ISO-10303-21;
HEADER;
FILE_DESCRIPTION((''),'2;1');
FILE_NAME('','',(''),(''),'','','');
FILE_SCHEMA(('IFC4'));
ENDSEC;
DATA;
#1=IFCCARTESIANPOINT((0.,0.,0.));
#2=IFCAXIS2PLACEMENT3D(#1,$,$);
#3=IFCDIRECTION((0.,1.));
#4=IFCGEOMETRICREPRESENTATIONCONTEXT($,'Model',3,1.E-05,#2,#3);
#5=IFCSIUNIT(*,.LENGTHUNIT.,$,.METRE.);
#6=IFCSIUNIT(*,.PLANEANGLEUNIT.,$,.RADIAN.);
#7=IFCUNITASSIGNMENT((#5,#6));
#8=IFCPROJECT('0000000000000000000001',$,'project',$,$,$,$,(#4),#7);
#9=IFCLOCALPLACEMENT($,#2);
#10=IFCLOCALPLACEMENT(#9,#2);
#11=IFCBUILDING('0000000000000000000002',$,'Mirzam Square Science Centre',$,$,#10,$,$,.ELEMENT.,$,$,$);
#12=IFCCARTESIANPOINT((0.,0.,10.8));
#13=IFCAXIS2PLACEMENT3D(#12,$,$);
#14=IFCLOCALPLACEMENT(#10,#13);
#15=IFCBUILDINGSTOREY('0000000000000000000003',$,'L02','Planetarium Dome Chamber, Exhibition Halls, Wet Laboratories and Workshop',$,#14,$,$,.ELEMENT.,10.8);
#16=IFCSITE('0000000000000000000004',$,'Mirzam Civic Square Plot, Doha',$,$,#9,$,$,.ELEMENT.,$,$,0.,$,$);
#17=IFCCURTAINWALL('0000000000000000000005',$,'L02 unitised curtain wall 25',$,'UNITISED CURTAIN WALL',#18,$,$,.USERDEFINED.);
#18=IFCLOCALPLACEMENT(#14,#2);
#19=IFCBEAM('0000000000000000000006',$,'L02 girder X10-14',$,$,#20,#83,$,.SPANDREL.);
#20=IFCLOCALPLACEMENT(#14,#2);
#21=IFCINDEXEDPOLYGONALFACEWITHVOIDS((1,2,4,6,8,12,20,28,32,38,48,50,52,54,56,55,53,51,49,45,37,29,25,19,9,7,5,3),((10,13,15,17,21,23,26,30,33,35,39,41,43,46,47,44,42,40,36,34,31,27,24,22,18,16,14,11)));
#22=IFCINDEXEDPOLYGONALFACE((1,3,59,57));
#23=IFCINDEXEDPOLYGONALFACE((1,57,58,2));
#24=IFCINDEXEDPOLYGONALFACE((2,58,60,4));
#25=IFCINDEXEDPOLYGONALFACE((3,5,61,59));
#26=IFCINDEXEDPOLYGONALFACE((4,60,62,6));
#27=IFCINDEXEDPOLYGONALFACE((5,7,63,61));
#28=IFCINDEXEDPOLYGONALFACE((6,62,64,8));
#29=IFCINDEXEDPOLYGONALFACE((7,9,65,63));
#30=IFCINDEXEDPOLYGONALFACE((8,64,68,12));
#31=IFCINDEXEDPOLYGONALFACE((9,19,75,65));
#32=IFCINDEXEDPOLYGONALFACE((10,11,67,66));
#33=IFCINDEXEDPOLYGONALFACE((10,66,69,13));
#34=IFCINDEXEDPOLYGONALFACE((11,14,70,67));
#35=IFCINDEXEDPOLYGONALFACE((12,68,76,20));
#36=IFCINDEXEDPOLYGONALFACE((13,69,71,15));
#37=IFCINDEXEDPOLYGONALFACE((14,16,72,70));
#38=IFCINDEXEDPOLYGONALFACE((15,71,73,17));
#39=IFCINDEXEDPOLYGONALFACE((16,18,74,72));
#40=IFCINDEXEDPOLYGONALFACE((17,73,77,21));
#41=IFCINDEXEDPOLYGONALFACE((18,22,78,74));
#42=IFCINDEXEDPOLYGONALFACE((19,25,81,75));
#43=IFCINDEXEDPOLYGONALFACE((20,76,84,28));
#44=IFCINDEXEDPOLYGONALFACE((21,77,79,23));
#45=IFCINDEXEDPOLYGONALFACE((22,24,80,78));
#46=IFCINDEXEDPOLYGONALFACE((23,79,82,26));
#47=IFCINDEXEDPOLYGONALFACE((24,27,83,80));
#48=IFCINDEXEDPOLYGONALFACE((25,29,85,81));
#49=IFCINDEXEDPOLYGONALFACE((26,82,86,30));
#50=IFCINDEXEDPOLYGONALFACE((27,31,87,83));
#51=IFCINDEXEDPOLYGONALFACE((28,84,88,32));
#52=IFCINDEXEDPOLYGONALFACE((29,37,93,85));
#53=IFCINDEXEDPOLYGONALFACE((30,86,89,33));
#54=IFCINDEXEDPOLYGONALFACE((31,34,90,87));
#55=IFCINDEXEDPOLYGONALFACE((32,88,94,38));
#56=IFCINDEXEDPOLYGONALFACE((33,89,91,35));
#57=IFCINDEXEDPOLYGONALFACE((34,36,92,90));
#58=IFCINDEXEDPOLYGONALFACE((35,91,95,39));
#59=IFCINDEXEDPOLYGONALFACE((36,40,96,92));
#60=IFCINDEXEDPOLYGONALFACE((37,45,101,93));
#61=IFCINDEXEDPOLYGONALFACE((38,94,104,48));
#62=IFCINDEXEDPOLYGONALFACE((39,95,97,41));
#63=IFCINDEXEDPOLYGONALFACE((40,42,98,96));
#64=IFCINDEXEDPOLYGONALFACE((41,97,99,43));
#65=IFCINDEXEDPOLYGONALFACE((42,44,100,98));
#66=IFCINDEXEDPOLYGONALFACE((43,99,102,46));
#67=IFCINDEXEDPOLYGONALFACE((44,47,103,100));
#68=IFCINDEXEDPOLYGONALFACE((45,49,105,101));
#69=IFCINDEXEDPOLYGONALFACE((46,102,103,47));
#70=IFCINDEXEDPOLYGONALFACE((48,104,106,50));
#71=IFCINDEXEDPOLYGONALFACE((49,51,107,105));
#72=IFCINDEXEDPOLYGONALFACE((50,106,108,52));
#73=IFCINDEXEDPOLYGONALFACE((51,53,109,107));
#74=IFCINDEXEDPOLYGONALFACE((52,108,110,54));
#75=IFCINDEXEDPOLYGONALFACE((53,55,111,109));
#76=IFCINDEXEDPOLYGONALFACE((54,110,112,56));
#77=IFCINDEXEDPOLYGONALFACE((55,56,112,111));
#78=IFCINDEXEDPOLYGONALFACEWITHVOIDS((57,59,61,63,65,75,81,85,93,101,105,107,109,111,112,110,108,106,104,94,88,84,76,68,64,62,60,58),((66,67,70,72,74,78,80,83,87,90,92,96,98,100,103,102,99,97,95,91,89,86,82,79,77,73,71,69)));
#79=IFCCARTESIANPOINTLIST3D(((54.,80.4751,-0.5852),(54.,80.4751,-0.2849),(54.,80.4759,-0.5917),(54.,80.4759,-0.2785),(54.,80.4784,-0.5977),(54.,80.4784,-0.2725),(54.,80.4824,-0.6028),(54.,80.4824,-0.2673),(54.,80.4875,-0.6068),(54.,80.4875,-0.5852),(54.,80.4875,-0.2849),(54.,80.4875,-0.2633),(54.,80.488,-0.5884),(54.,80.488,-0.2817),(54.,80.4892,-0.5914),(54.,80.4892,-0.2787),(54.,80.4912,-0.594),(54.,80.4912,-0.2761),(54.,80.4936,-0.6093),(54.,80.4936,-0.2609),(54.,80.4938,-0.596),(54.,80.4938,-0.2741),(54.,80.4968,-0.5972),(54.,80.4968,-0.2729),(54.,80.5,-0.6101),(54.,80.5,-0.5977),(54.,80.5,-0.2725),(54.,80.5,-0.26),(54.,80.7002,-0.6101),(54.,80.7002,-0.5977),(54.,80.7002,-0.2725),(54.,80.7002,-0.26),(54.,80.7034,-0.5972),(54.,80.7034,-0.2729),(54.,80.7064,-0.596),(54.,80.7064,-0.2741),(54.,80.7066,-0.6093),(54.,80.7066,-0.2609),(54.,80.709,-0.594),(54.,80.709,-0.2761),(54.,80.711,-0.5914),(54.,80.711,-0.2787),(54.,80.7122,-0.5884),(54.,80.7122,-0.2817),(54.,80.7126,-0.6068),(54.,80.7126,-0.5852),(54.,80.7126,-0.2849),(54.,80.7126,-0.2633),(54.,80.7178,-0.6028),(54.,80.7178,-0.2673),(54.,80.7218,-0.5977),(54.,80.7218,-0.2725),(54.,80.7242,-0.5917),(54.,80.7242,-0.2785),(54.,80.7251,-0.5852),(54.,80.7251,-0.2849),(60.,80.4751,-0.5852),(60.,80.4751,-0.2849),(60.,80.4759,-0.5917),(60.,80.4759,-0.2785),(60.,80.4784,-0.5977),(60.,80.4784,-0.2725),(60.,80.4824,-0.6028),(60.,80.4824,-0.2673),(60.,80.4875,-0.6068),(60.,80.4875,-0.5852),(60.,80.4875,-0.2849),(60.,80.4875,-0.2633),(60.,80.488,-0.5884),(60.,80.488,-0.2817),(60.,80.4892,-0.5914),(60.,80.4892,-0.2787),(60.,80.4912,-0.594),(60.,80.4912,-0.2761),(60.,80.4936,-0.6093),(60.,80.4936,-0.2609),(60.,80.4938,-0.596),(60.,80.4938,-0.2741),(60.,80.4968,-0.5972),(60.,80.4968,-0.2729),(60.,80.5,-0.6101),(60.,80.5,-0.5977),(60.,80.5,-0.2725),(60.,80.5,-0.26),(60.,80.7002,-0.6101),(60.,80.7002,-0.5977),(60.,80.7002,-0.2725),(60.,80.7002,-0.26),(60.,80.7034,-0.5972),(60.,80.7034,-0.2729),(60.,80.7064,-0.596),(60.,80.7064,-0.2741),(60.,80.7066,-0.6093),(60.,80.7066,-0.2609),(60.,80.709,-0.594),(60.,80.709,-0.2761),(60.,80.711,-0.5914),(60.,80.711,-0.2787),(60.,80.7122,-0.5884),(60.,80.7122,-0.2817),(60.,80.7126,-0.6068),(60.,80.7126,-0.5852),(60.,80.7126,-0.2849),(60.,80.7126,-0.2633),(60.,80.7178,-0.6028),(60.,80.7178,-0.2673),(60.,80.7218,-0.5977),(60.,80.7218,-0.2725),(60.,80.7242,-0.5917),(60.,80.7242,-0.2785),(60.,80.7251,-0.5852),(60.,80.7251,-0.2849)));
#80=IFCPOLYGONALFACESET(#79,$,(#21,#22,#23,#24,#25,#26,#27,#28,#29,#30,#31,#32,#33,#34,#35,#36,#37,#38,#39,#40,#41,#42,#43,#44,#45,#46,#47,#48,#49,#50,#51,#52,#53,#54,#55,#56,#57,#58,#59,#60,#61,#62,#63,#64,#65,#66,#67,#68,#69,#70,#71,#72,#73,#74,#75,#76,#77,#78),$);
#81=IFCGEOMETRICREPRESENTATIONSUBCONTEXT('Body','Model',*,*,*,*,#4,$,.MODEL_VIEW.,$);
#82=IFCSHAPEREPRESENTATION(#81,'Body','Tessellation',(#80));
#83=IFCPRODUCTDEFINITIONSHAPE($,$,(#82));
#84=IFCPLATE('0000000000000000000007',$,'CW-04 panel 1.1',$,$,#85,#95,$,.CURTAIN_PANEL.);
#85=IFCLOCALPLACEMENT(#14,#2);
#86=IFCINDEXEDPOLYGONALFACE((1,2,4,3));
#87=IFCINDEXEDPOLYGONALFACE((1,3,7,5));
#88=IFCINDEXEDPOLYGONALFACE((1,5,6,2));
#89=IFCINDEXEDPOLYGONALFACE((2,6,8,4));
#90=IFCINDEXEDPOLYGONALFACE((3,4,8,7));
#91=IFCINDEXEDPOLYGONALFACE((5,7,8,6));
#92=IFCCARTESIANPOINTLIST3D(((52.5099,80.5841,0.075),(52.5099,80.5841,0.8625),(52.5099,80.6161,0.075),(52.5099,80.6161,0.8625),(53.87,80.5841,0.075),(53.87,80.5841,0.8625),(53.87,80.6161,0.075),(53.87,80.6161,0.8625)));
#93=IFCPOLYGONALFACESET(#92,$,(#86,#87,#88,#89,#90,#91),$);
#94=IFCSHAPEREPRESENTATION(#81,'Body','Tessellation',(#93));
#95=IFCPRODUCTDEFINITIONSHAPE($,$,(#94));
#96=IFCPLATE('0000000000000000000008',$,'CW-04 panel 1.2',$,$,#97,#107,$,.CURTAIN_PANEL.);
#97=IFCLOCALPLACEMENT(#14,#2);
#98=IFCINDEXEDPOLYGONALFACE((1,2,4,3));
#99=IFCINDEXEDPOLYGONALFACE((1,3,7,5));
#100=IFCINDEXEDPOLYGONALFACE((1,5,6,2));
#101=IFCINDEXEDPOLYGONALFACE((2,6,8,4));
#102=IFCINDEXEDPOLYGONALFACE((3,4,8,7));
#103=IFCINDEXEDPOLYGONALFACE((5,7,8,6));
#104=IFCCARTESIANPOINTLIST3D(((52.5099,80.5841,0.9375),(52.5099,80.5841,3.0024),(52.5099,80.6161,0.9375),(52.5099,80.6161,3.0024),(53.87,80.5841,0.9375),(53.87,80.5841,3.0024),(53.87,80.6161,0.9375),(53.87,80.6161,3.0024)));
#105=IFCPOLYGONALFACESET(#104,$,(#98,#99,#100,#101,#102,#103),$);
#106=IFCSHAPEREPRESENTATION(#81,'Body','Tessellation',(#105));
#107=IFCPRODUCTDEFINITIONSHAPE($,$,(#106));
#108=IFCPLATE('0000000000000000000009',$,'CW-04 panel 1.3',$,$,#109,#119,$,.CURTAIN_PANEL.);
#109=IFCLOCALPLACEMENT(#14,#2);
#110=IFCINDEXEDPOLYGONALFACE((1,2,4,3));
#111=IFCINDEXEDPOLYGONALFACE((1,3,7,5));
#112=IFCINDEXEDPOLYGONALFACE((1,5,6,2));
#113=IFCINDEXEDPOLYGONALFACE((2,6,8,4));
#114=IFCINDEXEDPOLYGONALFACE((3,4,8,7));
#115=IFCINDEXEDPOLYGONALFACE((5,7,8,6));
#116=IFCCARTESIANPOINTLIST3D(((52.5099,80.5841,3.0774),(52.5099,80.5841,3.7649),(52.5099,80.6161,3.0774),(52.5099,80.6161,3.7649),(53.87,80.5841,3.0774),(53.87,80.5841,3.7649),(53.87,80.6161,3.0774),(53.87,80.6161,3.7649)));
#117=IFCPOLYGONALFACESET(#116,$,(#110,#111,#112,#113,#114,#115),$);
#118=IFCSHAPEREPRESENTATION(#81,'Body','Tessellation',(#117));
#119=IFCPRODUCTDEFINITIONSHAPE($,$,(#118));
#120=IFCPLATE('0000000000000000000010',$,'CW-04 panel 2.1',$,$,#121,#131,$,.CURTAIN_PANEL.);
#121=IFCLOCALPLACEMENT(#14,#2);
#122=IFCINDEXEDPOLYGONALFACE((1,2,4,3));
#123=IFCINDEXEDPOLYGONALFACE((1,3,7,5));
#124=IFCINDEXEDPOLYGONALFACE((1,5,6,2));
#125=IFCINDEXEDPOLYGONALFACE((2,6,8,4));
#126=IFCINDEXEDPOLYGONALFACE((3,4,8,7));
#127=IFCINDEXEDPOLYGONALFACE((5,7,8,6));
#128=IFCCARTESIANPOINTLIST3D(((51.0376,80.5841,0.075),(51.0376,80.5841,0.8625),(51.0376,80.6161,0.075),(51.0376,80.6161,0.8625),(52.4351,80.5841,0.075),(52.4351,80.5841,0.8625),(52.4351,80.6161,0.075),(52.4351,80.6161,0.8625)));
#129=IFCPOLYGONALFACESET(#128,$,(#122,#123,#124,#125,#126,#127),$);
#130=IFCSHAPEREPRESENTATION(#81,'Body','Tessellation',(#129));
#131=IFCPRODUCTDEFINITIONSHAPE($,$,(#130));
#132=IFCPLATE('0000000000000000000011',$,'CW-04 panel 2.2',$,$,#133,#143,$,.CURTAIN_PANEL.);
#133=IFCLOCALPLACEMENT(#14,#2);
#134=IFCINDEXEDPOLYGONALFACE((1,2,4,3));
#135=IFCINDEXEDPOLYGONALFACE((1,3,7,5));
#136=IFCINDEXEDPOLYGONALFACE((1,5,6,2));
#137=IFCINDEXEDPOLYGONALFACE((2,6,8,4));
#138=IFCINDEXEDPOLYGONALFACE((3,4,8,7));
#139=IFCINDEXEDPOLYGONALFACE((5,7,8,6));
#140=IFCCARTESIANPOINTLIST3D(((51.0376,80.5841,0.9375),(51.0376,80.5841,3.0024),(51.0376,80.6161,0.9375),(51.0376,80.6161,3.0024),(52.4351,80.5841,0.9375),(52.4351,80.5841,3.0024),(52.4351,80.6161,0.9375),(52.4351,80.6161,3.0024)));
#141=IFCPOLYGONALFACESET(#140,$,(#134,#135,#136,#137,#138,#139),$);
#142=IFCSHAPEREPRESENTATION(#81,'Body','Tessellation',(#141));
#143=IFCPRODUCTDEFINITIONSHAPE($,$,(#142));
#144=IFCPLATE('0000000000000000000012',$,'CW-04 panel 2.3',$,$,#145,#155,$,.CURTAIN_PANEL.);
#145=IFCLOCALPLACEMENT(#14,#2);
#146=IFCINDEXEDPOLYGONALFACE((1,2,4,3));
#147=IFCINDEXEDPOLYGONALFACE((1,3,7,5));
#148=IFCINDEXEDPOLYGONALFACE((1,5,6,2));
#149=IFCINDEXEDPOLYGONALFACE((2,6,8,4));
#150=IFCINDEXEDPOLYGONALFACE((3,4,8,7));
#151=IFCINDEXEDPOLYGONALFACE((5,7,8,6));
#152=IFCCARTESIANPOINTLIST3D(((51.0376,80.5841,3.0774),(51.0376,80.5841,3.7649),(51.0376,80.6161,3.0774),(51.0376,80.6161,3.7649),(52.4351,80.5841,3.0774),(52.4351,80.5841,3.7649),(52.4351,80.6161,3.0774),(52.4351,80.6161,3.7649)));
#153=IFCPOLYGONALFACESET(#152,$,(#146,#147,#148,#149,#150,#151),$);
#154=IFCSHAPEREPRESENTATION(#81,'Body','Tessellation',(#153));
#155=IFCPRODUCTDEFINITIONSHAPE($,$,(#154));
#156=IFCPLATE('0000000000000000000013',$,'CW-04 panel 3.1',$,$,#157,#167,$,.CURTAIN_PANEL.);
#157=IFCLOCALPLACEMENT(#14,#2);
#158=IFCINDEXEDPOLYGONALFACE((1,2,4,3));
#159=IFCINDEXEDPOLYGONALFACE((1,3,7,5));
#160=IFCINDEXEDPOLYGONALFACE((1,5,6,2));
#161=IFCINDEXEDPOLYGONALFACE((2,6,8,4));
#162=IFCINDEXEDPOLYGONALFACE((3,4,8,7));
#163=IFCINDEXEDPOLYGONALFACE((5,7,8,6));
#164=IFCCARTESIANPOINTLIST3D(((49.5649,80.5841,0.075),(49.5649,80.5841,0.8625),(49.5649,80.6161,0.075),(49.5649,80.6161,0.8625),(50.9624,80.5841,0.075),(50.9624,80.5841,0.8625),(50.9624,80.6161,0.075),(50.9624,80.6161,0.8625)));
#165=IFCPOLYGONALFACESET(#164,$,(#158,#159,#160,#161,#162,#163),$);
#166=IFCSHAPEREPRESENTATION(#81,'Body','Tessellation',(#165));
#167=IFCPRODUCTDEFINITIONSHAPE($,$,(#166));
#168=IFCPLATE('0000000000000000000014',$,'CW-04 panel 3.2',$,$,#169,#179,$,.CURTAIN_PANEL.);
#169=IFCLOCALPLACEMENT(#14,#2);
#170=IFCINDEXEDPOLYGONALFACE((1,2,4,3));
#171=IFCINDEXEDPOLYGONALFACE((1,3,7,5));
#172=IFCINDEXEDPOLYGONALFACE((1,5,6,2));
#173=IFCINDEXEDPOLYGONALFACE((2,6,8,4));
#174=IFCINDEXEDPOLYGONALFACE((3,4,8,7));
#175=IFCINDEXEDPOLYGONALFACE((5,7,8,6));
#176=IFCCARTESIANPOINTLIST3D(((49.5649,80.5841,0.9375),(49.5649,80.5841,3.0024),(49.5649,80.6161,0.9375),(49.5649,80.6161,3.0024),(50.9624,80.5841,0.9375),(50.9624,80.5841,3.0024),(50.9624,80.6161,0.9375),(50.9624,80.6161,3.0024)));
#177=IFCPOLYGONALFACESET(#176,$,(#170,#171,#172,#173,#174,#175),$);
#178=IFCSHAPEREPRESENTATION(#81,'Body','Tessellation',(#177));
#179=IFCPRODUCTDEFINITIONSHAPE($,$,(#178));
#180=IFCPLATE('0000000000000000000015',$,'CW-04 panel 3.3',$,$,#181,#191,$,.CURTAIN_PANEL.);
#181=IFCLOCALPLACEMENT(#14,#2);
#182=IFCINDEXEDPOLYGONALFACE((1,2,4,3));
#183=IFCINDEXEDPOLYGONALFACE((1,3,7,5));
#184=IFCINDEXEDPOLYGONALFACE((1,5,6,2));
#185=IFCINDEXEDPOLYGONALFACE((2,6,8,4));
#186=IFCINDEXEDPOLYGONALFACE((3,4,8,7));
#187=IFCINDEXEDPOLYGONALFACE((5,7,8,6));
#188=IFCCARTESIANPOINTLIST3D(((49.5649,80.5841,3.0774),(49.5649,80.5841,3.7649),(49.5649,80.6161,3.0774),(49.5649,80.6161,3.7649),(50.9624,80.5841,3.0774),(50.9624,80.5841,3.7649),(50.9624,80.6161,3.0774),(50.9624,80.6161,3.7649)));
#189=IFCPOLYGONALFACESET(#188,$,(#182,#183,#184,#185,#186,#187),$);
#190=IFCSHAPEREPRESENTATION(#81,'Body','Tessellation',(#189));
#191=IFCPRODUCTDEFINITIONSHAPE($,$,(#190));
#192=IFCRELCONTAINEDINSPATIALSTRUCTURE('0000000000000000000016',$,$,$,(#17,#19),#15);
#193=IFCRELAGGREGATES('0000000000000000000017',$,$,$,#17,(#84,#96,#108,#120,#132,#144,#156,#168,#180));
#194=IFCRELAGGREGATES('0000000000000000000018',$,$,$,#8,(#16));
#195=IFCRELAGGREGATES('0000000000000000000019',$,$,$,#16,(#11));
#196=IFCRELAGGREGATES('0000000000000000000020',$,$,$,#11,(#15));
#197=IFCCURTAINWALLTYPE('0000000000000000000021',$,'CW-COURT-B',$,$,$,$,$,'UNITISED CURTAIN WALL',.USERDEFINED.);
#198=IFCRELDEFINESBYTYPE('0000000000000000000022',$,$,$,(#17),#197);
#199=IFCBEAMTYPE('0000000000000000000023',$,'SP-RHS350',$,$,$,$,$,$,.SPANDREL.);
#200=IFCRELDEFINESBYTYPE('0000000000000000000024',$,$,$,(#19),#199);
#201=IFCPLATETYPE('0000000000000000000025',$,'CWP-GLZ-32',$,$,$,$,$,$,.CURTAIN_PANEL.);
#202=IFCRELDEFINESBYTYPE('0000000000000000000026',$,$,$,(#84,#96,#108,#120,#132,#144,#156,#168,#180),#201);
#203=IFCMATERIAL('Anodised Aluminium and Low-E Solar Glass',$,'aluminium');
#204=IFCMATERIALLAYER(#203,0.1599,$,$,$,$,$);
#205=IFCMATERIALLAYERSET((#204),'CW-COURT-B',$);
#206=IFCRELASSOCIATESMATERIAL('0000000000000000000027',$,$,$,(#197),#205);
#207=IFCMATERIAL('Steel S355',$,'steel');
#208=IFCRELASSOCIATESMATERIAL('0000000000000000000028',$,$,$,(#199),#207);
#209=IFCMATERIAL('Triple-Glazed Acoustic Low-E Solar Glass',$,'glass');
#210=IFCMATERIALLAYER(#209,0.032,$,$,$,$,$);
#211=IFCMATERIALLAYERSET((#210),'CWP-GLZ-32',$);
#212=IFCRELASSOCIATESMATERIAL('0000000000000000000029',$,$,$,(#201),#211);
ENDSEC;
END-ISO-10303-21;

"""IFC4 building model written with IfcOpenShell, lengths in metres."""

from ifc_helpers import new_model, si_unit, direction, frame, origin, origin_2d, place, context, subcontext, project, spatial, rectangle, hollow_rectangle, extrude, material, layer, layer_set, material_profile, profile_set, type_object, element, aggregate, save


model = new_model("IFC4")

# Units and contexts
model_context = context("Model", 3, precision=1e-05, world=origin(), true_north=direction((0.0, 1.0)))
body_context = subcontext(model_context, "Body", "Model", "MODEL_VIEW")
ifc_project = project(units=[si_unit("LENGTHUNIT", "METRE"), si_unit("PLANEANGLEUNIT", "RADIAN")], contexts=[model_context])

# Site, building, storey
site_placement = place(None, origin())
site = spatial("IfcSite", under=ifc_project, at=site_placement, Name="Mirzam Civic Square Plot, Doha", CompositionType="ELEMENT", RefElevation=0.0)
building_placement = place(site_placement, origin())
building = spatial("IfcBuilding", under=site, at=building_placement, Name="Mirzam Square Science Centre", CompositionType="ELEMENT")
storey_placement = place(building_placement, frame((0.0, 0.0, 10.8)))
storey = spatial("IfcBuildingStorey", under=building, at=storey_placement, Name="L02", Description="Planetarium Dome Chamber, Exhibition Halls, Wet Laboratories and Workshop", CompositionType="ELEMENT", Elevation=10.8)

# Shared definitions
ifc_material_1 = material(Name="Steel S355", Category="steel")

# Shared definitions
ifc_material_2 = material(Name="Anodised Aluminium and Low-E Solar Glass", Category="aluminium")

# Curtain wall
ifc_layer_1 = layer(ifc_material_2, 0.1599)
ifc_layer_set_1 = layer_set([ifc_layer_1], Name="CW-COURT-B")
curtain_wall_type_1 = type_object("IfcCurtainWallType", Name="CW-COURT-B", ElementType="UNITISED CURTAIN WALL", PredefinedType="USERDEFINED", material=ifc_layer_set_1)
curtain_wall_1_placement = place(storey_placement, origin())
curtain_wall_1 = element("IfcCurtainWall", 1, at=curtain_wall_1_placement, inside=storey, type_object=curtain_wall_type_1, Name="L02 unitised curtain wall 25", ObjectType="UNITISED CURTAIN WALL", PredefinedType="USERDEFINED")

# Beam
ifc_material_profile_1 = material_profile(ifc_material_1, hollow_rectangle(XDim=0.25, YDim=0.3501, WallThickness=0.0125, InnerFilletRadius=0.0125, OuterFilletRadius=0.0249, at=origin_2d()), Name="350x250x12.5RHS")
ifc_profile_set_1 = profile_set([ifc_material_profile_1], Name="Steel S355")
beam_type_1 = type_object("IfcBeamType", Name="SP-RHS350", PredefinedType="SPANDREL", material=ifc_profile_set_1)
beam_1_placement = place(storey_placement, frame((54.0, 80.6001, -0.4351), z_axis=(1.0, 0.0, 0.0), x_axis=(0.0, 1.0, 0.0)))
element("IfcBeam", 2, at=beam_1_placement, inside=storey, type_object=beam_type_1, Name="L02 girder X10-14", PredefinedType="SPANDREL", context=body_context, shape_type="SweptSolid", body=[
    extrude(hollow_rectangle(XDim=0.25, YDim=0.3501, WallThickness=0.0125, InnerFilletRadius=0.0125, OuterFilletRadius=0.0249, at=origin_2d()), origin(), (0.0, 0.0, 1.0), 6.0),
])

# Plates
ifc_material_3 = material(Name="Triple-Glazed Acoustic Low-E Solar Glass", Category="glass")
ifc_layer_2 = layer(ifc_material_3, 0.032)
ifc_layer_set_2 = layer_set([ifc_layer_2], Name="CWP-GLZ-32")
plate_type_1 = type_object("IfcPlateType", Name="CWP-GLZ-32", PredefinedType="CURTAIN_PANEL", material=ifc_layer_set_2)
plate_1_placement = place(storey_placement, frame((53.1899, 80.6001, 0.075), z_axis=(0.0, 0.0, 1.0), x_axis=(-1.0, 0.0, 0.0)))
plate_1 = element("IfcPlate", 3, at=plate_1_placement, type_object=plate_type_1, Name="CW-04 panel 1.1", PredefinedType="CURTAIN_PANEL", context=body_context, shape_type="SweptSolid", body=[
    extrude(rectangle(XDim=1.3601, YDim=0.032, at=origin_2d()), origin(), (0.0, 0.0, 1.0), 0.7876),
])
plate_2_placement = place(storey_placement, frame((53.1899, 80.6001, 0.9375), z_axis=(0.0, 0.0, 1.0), x_axis=(-1.0, 0.0, 0.0)))
plate_2 = element("IfcPlate", 4, at=plate_2_placement, type_object=plate_type_1, Name="CW-04 panel 1.2", PredefinedType="CURTAIN_PANEL", context=body_context, shape_type="SweptSolid", body=[
    extrude(rectangle(XDim=1.3601, YDim=0.032, at=origin_2d()), origin(), (0.0, 0.0, 1.0), 2.0649),
])
plate_3_placement = place(storey_placement, frame((53.1899, 80.6001, 3.0774), z_axis=(0.0, 0.0, 1.0), x_axis=(-1.0, 0.0, 0.0)))
plate_3 = element("IfcPlate", 5, at=plate_3_placement, type_object=plate_type_1, Name="CW-04 panel 1.3", PredefinedType="CURTAIN_PANEL", context=body_context, shape_type="SweptSolid", body=[
    extrude(rectangle(XDim=1.3601, YDim=0.032, at=origin_2d()), origin(), (0.0, 0.0, 1.0), 0.6875),
])
plate_4_placement = place(storey_placement, frame((51.7363, 80.6001, 0.075), z_axis=(0.0, 0.0, 1.0), x_axis=(-1.0, 0.0, 0.0)))
plate_4 = element("IfcPlate", 6, at=plate_4_placement, type_object=plate_type_1, Name="CW-04 panel 2.1", PredefinedType="CURTAIN_PANEL", context=body_context, shape_type="SweptSolid", body=[
    extrude(rectangle(XDim=1.3975, YDim=0.032, at=origin_2d()), origin(), (0.0, 0.0, 1.0), 0.7876),
])
plate_5_placement = place(storey_placement, frame((51.7363, 80.6001, 0.9375), z_axis=(0.0, 0.0, 1.0), x_axis=(-1.0, 0.0, 0.0)))
plate_5 = element("IfcPlate", 7, at=plate_5_placement, type_object=plate_type_1, Name="CW-04 panel 2.2", PredefinedType="CURTAIN_PANEL", context=body_context, shape_type="SweptSolid", body=[
    extrude(rectangle(XDim=1.3975, YDim=0.032, at=origin_2d()), origin(), (0.0, 0.0, 1.0), 2.0649),
])
plate_6_placement = place(storey_placement, frame((51.7363, 80.6001, 3.0774), z_axis=(0.0, 0.0, 1.0), x_axis=(-1.0, 0.0, 0.0)))
plate_6 = element("IfcPlate", 8, at=plate_6_placement, type_object=plate_type_1, Name="CW-04 panel 2.3", PredefinedType="CURTAIN_PANEL", context=body_context, shape_type="SweptSolid", body=[
    extrude(rectangle(XDim=1.3975, YDim=0.032, at=origin_2d()), origin(), (0.0, 0.0, 1.0), 0.6875),
])
plate_7_placement = place(storey_placement, frame((50.2637, 80.6001, 0.075), z_axis=(0.0, 0.0, 1.0), x_axis=(-1.0, 0.0, 0.0)))
plate_7 = element("IfcPlate", 9, at=plate_7_placement, type_object=plate_type_1, Name="CW-04 panel 3.1", PredefinedType="CURTAIN_PANEL", context=body_context, shape_type="SweptSolid", body=[
    extrude(rectangle(XDim=1.3975, YDim=0.032, at=origin_2d()), origin(), (0.0, 0.0, 1.0), 0.7876),
])
plate_8_placement = place(storey_placement, frame((50.2637, 80.6001, 0.9375), z_axis=(0.0, 0.0, 1.0), x_axis=(-1.0, 0.0, 0.0)))
plate_8 = element("IfcPlate", 10, at=plate_8_placement, type_object=plate_type_1, Name="CW-04 panel 3.2", PredefinedType="CURTAIN_PANEL", context=body_context, shape_type="SweptSolid", body=[
    extrude(rectangle(XDim=1.3975, YDim=0.032, at=origin_2d()), origin(), (0.0, 0.0, 1.0), 2.0649),
])
plate_9_placement = place(storey_placement, frame((50.2637, 80.6001, 3.0774), z_axis=(0.0, 0.0, 1.0), x_axis=(-1.0, 0.0, 0.0)))
plate_9 = element("IfcPlate", 11, at=plate_9_placement, type_object=plate_type_1, Name="CW-04 panel 3.3", PredefinedType="CURTAIN_PANEL", context=body_context, shape_type="SweptSolid", body=[
    extrude(rectangle(XDim=1.3975, YDim=0.032, at=origin_2d()), origin(), (0.0, 0.0, 1.0), 0.6875),
])
aggregate(curtain_wall_1, [plate_1, plate_2, plate_3, plate_4, plate_5, plate_6, plate_7, plate_8, plate_9])

save(model, "model.ifc")
